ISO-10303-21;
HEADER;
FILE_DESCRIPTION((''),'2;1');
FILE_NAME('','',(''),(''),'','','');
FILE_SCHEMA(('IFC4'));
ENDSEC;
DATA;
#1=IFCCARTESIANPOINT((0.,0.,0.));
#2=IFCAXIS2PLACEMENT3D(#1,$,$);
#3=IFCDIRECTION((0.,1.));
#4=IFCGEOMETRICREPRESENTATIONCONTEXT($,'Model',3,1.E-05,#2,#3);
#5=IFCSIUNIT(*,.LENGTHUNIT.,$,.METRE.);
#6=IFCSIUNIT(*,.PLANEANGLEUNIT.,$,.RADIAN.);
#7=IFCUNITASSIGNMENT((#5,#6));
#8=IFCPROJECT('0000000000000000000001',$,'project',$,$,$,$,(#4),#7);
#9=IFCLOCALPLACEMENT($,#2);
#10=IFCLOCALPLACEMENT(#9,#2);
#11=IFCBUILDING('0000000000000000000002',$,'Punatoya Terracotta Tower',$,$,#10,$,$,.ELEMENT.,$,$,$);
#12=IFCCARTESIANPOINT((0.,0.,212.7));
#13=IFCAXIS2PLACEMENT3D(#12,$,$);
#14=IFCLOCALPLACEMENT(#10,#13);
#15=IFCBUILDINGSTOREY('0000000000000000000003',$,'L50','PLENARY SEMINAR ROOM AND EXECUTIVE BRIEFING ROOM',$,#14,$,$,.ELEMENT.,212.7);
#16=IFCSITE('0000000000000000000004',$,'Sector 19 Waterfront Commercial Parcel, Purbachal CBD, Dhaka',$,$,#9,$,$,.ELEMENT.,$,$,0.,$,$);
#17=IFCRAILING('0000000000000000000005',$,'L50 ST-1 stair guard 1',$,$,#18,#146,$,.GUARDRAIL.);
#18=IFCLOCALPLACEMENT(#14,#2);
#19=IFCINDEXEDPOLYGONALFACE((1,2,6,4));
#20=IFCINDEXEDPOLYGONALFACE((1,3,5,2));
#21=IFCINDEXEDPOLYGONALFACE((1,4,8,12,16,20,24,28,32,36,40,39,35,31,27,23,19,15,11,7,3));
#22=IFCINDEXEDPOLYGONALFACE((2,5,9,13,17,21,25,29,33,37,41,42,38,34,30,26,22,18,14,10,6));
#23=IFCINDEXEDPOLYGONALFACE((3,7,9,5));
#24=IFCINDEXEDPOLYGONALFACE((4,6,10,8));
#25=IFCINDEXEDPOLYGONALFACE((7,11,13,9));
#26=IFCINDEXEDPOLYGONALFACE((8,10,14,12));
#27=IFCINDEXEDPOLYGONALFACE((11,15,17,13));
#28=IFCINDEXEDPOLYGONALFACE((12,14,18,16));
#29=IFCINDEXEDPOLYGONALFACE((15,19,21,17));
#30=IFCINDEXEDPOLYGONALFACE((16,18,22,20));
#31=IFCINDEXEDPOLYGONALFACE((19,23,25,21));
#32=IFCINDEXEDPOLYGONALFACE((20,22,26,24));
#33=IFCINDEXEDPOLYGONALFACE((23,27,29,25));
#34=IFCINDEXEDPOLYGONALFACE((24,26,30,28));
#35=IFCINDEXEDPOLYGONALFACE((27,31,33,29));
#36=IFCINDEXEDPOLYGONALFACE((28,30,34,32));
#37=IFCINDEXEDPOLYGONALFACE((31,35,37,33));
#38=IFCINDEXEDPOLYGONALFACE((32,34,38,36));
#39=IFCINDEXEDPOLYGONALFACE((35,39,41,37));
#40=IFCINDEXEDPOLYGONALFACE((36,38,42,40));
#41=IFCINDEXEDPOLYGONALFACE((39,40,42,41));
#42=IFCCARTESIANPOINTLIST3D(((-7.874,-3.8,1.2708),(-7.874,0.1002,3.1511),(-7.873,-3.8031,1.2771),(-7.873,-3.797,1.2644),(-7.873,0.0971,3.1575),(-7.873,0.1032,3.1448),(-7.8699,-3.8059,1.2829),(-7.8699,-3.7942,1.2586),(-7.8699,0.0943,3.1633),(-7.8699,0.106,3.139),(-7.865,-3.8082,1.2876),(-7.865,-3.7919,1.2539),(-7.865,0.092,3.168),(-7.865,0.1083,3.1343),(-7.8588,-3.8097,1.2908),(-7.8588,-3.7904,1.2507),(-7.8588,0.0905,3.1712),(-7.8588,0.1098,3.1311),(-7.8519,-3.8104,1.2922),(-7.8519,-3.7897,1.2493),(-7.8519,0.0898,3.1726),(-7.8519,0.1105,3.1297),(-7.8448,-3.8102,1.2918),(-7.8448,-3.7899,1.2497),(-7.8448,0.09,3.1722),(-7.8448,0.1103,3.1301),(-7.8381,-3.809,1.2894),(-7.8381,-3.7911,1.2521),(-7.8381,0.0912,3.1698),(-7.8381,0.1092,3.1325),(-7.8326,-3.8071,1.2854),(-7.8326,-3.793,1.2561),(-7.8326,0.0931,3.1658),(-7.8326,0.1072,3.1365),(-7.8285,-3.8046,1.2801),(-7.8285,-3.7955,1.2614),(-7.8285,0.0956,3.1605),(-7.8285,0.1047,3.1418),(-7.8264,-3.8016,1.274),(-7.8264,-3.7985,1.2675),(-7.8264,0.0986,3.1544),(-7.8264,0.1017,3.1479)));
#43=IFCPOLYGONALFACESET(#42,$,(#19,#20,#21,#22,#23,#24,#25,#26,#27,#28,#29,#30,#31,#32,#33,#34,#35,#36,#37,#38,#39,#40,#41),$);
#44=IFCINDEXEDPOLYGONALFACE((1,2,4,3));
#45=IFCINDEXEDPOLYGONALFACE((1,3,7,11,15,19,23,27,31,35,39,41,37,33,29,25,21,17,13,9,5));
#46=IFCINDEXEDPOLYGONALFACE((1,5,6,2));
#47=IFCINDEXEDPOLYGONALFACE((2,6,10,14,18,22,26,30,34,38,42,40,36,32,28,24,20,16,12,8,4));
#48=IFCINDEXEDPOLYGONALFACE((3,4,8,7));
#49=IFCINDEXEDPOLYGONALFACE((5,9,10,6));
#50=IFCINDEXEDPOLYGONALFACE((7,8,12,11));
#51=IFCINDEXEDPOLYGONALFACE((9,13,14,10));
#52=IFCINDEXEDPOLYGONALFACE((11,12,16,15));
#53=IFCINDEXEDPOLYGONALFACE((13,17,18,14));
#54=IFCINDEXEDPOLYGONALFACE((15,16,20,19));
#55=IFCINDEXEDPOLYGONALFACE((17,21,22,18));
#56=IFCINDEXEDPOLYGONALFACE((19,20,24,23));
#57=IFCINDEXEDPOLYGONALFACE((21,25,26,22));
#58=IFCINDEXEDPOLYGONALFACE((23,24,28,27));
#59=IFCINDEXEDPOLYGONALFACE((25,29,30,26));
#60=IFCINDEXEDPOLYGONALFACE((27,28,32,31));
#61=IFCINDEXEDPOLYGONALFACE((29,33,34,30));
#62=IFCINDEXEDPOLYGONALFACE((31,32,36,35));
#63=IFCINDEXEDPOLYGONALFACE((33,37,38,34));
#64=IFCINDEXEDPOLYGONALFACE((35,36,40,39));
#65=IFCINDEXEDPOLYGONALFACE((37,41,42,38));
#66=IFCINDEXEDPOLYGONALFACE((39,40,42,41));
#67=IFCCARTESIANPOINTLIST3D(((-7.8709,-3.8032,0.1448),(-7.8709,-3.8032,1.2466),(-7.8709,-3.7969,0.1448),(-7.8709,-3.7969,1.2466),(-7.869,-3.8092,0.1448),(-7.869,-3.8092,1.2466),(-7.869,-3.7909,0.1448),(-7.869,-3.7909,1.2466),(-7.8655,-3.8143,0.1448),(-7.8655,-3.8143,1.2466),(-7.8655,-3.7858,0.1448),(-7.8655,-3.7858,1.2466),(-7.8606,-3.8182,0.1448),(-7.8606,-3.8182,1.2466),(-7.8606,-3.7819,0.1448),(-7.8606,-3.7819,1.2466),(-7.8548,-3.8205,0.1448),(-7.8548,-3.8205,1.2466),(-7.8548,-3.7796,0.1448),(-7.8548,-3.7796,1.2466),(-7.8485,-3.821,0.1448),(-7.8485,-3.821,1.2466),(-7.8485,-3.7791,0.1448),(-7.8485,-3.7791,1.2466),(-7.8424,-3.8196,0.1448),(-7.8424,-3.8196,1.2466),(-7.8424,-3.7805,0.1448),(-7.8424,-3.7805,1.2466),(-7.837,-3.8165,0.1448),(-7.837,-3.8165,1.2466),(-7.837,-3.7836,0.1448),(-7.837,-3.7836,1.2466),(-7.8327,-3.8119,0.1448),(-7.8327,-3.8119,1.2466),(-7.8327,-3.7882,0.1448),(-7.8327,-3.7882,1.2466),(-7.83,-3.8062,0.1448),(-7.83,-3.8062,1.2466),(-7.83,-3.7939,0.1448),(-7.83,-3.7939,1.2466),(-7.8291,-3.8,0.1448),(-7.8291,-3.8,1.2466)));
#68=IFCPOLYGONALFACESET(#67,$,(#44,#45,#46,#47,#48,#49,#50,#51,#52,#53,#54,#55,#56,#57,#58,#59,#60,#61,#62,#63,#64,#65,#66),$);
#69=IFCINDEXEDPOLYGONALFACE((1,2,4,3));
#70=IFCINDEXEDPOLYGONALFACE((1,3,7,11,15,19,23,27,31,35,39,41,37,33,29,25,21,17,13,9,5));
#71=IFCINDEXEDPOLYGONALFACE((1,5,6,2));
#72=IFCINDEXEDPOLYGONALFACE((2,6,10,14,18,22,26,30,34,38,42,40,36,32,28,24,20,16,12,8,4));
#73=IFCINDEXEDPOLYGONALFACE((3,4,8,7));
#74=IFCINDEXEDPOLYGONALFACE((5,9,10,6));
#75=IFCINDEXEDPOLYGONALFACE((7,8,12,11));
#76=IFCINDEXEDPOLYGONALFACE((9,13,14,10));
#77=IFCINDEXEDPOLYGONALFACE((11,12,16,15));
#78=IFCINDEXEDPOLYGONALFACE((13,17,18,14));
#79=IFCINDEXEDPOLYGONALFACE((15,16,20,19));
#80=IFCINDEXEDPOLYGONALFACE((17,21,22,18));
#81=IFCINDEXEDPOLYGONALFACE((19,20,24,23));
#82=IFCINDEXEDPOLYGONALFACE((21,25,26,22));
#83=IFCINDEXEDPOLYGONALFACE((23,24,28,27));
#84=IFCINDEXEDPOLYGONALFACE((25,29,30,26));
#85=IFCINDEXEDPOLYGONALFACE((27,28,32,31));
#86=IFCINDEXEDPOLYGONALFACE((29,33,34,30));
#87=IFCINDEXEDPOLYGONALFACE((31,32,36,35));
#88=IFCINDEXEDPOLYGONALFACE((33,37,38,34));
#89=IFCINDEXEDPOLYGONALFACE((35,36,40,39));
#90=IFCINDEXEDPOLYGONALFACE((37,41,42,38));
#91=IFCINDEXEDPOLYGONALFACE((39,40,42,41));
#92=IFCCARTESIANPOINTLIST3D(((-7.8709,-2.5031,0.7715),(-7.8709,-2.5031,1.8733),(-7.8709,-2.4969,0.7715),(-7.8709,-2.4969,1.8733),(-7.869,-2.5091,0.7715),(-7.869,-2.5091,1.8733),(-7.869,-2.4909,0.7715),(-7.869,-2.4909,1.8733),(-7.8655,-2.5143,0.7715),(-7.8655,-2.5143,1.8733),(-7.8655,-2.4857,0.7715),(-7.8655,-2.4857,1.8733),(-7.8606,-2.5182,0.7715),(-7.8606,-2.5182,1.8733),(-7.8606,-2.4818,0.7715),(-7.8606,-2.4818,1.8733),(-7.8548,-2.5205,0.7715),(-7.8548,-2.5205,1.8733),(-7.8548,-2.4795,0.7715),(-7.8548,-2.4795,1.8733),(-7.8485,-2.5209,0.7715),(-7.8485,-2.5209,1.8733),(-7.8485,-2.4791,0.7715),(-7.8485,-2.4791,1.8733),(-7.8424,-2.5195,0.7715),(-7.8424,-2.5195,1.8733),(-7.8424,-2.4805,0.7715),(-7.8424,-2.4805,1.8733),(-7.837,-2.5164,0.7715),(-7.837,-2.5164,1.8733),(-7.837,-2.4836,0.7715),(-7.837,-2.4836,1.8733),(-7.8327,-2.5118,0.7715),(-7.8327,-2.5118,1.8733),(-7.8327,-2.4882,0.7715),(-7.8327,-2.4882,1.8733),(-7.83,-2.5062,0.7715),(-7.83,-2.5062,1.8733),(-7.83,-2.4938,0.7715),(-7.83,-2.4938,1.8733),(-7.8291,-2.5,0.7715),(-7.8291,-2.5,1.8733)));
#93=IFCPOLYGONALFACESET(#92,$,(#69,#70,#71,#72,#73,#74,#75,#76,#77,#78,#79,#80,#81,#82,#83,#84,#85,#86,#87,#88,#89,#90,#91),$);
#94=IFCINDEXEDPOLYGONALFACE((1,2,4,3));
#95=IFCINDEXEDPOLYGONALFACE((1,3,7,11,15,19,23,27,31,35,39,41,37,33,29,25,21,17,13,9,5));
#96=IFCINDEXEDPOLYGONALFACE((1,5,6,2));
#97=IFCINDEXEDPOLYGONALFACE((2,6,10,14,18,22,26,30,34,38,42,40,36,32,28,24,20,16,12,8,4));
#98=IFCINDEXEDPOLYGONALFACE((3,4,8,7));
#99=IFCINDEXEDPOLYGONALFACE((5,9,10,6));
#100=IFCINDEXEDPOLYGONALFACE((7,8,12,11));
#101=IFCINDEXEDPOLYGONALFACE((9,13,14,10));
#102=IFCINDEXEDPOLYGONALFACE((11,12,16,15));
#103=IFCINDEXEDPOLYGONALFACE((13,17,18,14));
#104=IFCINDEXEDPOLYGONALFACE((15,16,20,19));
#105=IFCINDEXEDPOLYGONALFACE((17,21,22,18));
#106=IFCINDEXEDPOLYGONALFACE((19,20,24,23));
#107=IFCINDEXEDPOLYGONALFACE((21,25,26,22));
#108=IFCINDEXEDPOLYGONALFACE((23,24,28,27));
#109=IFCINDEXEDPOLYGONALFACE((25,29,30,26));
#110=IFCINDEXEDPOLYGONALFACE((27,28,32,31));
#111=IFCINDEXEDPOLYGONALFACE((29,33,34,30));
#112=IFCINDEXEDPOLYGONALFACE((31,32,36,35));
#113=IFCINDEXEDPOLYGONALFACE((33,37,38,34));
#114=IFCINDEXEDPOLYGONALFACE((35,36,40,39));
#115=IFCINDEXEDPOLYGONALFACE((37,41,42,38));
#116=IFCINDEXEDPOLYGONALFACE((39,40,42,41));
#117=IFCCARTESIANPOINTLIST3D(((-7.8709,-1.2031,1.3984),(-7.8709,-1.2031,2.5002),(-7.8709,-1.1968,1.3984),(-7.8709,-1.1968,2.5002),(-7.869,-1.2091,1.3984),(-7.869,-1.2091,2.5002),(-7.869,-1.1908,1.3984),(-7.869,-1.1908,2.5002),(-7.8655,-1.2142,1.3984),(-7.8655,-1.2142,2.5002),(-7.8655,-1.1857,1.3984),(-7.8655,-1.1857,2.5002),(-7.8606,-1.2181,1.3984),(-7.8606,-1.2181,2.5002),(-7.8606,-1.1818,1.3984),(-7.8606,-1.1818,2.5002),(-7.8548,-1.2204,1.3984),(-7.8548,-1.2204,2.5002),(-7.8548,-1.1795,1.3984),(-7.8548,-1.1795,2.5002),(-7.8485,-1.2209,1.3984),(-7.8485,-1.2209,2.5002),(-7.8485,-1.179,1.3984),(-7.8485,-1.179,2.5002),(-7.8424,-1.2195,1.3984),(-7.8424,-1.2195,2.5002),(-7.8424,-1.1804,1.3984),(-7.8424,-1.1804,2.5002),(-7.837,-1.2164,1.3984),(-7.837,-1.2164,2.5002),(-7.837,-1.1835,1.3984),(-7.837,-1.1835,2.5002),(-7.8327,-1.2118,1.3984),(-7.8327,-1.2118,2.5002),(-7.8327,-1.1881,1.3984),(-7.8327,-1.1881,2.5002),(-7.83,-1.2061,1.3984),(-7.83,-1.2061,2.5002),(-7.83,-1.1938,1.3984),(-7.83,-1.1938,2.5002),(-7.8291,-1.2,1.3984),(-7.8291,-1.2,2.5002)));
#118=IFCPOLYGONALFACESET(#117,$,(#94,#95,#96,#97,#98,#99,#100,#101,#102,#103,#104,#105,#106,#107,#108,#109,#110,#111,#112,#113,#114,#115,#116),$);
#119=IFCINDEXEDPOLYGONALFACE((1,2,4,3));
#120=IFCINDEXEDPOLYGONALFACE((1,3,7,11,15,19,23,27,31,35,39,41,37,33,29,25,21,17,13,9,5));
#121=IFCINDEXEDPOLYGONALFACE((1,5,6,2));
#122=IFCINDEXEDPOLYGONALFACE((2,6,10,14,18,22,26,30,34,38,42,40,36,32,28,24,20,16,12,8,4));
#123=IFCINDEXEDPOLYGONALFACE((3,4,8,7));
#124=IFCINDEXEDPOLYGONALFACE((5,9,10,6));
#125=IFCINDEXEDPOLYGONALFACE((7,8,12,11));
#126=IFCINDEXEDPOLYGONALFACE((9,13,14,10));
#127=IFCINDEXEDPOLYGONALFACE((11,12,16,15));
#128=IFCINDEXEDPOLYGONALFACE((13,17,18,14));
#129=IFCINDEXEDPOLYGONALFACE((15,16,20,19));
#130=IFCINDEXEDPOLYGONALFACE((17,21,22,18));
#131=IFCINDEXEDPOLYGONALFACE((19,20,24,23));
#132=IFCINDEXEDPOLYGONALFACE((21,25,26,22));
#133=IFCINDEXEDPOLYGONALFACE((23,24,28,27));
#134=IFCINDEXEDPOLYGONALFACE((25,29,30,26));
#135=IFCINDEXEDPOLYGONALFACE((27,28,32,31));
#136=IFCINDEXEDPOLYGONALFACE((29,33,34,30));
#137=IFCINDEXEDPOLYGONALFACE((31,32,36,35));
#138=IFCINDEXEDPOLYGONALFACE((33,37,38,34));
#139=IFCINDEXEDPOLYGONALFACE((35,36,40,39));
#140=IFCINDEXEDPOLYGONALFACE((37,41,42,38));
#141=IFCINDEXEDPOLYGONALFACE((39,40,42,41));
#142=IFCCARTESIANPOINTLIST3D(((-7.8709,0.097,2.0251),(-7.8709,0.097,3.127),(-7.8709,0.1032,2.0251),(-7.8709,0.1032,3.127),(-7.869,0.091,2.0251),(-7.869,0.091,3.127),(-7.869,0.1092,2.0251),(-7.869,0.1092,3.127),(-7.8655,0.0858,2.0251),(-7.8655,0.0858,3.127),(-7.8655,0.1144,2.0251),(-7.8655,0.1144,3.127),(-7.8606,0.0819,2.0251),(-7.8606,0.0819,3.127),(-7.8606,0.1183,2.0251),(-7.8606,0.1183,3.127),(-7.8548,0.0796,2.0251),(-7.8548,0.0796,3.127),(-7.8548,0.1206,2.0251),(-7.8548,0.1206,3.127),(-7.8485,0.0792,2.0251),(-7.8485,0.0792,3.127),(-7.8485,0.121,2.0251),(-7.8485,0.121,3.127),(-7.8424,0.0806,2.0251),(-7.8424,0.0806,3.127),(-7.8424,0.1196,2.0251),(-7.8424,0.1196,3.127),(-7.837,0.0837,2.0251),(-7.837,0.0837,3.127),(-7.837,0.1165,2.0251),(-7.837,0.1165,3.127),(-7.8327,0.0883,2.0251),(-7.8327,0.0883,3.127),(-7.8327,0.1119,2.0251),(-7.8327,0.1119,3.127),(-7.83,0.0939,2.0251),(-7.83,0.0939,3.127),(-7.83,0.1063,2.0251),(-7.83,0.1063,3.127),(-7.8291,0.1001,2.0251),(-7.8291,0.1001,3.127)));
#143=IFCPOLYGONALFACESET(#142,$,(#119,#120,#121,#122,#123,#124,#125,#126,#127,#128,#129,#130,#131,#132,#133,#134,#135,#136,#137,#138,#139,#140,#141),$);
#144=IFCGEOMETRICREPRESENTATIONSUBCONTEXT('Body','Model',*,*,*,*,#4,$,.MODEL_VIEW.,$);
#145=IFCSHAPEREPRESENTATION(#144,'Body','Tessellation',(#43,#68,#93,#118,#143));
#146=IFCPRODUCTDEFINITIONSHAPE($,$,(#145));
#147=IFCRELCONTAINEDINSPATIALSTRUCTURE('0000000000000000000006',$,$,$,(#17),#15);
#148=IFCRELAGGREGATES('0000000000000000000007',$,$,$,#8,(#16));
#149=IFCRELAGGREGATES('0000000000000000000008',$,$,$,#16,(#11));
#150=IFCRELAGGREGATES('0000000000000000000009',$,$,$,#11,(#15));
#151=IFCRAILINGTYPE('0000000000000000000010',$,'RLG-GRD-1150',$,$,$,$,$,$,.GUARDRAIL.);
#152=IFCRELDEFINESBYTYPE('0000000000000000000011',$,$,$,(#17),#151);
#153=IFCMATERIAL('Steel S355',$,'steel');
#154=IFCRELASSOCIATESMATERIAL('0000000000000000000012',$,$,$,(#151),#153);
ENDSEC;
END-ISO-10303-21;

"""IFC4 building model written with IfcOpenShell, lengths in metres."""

from ifc_helpers import new_model, si_unit, direction, frame, origin, origin_2d, place, context, subcontext, project, spatial, circle, extrude, material, type_object, element, save


model = new_model("IFC4")

# Units and contexts
model_context = context("Model", 3, precision=1e-05, world=origin(), true_north=direction((0.0, 1.0)))
body_context = subcontext(model_context, "Body", "Model", "MODEL_VIEW")
ifc_project = project(units=[si_unit("LENGTHUNIT", "METRE"), si_unit("PLANEANGLEUNIT", "RADIAN")], contexts=[model_context])

# Site, building, storey
site_placement = place(None, origin())
site = spatial("IfcSite", under=ifc_project, at=site_placement, Name="Sector 19 Waterfront Commercial Parcel, Purbachal CBD, Dhaka", CompositionType="ELEMENT", RefElevation=0.0)
building_placement = place(site_placement, origin())
building = spatial("IfcBuilding", under=site, at=building_placement, Name="Punatoya Terracotta Tower", CompositionType="ELEMENT")
storey_placement = place(building_placement, frame((0.0, 0.0, 212.7)))
storey = spatial("IfcBuildingStorey", under=building, at=storey_placement, Name="L50", Description="PLENARY SEMINAR ROOM AND EXECUTIVE BRIEFING ROOM", CompositionType="ELEMENT", Elevation=212.7)

# Shared definitions
ifc_material_1 = material(Name="Steel S355", Category="steel")

# Railing
railing_type_1 = type_object("IfcRailingType", Name="RLG-GRD-1150", PredefinedType="GUARDRAIL", material=ifc_material_1)
railing_1_placement = place(storey_placement, frame((-7.8501, -3.8, 0.1448)))
element("IfcRailing", 1, at=railing_1_placement, inside=storey, type_object=railing_type_1, Name="L50 ST-1 stair guard 1", PredefinedType="GUARDRAIL", context=body_context, shape_type="SweptSolid", body=[
    extrude(circle(Radius=0.0239, at=origin_2d()), frame((0.0, 0.0, 1.126), z_axis=(0.0, 0.900774, 0.434289), x_axis=(-1.0, 0.0, 0.0)), (0.0, 0.0, 1.0), 4.3298),
    extrude(circle(Radius=0.021, at=origin_2d()), origin(), (0.0, 0.0, 1.0), 1.1018),
    extrude(circle(Radius=0.021, at=origin_2d()), frame((0.0, 1.3, 0.6267)), (0.0, 0.0, 1.0), 1.1018),
    extrude(circle(Radius=0.021, at=origin_2d()), frame((0.0, 2.6001, 1.2537)), (0.0, 0.0, 1.0), 1.1018),
    extrude(circle(Radius=0.021, at=origin_2d()), frame((0.0, 3.9001, 1.8804)), (0.0, 0.0, 1.0), 1.1018),
])

save(model, "model.ifc")
